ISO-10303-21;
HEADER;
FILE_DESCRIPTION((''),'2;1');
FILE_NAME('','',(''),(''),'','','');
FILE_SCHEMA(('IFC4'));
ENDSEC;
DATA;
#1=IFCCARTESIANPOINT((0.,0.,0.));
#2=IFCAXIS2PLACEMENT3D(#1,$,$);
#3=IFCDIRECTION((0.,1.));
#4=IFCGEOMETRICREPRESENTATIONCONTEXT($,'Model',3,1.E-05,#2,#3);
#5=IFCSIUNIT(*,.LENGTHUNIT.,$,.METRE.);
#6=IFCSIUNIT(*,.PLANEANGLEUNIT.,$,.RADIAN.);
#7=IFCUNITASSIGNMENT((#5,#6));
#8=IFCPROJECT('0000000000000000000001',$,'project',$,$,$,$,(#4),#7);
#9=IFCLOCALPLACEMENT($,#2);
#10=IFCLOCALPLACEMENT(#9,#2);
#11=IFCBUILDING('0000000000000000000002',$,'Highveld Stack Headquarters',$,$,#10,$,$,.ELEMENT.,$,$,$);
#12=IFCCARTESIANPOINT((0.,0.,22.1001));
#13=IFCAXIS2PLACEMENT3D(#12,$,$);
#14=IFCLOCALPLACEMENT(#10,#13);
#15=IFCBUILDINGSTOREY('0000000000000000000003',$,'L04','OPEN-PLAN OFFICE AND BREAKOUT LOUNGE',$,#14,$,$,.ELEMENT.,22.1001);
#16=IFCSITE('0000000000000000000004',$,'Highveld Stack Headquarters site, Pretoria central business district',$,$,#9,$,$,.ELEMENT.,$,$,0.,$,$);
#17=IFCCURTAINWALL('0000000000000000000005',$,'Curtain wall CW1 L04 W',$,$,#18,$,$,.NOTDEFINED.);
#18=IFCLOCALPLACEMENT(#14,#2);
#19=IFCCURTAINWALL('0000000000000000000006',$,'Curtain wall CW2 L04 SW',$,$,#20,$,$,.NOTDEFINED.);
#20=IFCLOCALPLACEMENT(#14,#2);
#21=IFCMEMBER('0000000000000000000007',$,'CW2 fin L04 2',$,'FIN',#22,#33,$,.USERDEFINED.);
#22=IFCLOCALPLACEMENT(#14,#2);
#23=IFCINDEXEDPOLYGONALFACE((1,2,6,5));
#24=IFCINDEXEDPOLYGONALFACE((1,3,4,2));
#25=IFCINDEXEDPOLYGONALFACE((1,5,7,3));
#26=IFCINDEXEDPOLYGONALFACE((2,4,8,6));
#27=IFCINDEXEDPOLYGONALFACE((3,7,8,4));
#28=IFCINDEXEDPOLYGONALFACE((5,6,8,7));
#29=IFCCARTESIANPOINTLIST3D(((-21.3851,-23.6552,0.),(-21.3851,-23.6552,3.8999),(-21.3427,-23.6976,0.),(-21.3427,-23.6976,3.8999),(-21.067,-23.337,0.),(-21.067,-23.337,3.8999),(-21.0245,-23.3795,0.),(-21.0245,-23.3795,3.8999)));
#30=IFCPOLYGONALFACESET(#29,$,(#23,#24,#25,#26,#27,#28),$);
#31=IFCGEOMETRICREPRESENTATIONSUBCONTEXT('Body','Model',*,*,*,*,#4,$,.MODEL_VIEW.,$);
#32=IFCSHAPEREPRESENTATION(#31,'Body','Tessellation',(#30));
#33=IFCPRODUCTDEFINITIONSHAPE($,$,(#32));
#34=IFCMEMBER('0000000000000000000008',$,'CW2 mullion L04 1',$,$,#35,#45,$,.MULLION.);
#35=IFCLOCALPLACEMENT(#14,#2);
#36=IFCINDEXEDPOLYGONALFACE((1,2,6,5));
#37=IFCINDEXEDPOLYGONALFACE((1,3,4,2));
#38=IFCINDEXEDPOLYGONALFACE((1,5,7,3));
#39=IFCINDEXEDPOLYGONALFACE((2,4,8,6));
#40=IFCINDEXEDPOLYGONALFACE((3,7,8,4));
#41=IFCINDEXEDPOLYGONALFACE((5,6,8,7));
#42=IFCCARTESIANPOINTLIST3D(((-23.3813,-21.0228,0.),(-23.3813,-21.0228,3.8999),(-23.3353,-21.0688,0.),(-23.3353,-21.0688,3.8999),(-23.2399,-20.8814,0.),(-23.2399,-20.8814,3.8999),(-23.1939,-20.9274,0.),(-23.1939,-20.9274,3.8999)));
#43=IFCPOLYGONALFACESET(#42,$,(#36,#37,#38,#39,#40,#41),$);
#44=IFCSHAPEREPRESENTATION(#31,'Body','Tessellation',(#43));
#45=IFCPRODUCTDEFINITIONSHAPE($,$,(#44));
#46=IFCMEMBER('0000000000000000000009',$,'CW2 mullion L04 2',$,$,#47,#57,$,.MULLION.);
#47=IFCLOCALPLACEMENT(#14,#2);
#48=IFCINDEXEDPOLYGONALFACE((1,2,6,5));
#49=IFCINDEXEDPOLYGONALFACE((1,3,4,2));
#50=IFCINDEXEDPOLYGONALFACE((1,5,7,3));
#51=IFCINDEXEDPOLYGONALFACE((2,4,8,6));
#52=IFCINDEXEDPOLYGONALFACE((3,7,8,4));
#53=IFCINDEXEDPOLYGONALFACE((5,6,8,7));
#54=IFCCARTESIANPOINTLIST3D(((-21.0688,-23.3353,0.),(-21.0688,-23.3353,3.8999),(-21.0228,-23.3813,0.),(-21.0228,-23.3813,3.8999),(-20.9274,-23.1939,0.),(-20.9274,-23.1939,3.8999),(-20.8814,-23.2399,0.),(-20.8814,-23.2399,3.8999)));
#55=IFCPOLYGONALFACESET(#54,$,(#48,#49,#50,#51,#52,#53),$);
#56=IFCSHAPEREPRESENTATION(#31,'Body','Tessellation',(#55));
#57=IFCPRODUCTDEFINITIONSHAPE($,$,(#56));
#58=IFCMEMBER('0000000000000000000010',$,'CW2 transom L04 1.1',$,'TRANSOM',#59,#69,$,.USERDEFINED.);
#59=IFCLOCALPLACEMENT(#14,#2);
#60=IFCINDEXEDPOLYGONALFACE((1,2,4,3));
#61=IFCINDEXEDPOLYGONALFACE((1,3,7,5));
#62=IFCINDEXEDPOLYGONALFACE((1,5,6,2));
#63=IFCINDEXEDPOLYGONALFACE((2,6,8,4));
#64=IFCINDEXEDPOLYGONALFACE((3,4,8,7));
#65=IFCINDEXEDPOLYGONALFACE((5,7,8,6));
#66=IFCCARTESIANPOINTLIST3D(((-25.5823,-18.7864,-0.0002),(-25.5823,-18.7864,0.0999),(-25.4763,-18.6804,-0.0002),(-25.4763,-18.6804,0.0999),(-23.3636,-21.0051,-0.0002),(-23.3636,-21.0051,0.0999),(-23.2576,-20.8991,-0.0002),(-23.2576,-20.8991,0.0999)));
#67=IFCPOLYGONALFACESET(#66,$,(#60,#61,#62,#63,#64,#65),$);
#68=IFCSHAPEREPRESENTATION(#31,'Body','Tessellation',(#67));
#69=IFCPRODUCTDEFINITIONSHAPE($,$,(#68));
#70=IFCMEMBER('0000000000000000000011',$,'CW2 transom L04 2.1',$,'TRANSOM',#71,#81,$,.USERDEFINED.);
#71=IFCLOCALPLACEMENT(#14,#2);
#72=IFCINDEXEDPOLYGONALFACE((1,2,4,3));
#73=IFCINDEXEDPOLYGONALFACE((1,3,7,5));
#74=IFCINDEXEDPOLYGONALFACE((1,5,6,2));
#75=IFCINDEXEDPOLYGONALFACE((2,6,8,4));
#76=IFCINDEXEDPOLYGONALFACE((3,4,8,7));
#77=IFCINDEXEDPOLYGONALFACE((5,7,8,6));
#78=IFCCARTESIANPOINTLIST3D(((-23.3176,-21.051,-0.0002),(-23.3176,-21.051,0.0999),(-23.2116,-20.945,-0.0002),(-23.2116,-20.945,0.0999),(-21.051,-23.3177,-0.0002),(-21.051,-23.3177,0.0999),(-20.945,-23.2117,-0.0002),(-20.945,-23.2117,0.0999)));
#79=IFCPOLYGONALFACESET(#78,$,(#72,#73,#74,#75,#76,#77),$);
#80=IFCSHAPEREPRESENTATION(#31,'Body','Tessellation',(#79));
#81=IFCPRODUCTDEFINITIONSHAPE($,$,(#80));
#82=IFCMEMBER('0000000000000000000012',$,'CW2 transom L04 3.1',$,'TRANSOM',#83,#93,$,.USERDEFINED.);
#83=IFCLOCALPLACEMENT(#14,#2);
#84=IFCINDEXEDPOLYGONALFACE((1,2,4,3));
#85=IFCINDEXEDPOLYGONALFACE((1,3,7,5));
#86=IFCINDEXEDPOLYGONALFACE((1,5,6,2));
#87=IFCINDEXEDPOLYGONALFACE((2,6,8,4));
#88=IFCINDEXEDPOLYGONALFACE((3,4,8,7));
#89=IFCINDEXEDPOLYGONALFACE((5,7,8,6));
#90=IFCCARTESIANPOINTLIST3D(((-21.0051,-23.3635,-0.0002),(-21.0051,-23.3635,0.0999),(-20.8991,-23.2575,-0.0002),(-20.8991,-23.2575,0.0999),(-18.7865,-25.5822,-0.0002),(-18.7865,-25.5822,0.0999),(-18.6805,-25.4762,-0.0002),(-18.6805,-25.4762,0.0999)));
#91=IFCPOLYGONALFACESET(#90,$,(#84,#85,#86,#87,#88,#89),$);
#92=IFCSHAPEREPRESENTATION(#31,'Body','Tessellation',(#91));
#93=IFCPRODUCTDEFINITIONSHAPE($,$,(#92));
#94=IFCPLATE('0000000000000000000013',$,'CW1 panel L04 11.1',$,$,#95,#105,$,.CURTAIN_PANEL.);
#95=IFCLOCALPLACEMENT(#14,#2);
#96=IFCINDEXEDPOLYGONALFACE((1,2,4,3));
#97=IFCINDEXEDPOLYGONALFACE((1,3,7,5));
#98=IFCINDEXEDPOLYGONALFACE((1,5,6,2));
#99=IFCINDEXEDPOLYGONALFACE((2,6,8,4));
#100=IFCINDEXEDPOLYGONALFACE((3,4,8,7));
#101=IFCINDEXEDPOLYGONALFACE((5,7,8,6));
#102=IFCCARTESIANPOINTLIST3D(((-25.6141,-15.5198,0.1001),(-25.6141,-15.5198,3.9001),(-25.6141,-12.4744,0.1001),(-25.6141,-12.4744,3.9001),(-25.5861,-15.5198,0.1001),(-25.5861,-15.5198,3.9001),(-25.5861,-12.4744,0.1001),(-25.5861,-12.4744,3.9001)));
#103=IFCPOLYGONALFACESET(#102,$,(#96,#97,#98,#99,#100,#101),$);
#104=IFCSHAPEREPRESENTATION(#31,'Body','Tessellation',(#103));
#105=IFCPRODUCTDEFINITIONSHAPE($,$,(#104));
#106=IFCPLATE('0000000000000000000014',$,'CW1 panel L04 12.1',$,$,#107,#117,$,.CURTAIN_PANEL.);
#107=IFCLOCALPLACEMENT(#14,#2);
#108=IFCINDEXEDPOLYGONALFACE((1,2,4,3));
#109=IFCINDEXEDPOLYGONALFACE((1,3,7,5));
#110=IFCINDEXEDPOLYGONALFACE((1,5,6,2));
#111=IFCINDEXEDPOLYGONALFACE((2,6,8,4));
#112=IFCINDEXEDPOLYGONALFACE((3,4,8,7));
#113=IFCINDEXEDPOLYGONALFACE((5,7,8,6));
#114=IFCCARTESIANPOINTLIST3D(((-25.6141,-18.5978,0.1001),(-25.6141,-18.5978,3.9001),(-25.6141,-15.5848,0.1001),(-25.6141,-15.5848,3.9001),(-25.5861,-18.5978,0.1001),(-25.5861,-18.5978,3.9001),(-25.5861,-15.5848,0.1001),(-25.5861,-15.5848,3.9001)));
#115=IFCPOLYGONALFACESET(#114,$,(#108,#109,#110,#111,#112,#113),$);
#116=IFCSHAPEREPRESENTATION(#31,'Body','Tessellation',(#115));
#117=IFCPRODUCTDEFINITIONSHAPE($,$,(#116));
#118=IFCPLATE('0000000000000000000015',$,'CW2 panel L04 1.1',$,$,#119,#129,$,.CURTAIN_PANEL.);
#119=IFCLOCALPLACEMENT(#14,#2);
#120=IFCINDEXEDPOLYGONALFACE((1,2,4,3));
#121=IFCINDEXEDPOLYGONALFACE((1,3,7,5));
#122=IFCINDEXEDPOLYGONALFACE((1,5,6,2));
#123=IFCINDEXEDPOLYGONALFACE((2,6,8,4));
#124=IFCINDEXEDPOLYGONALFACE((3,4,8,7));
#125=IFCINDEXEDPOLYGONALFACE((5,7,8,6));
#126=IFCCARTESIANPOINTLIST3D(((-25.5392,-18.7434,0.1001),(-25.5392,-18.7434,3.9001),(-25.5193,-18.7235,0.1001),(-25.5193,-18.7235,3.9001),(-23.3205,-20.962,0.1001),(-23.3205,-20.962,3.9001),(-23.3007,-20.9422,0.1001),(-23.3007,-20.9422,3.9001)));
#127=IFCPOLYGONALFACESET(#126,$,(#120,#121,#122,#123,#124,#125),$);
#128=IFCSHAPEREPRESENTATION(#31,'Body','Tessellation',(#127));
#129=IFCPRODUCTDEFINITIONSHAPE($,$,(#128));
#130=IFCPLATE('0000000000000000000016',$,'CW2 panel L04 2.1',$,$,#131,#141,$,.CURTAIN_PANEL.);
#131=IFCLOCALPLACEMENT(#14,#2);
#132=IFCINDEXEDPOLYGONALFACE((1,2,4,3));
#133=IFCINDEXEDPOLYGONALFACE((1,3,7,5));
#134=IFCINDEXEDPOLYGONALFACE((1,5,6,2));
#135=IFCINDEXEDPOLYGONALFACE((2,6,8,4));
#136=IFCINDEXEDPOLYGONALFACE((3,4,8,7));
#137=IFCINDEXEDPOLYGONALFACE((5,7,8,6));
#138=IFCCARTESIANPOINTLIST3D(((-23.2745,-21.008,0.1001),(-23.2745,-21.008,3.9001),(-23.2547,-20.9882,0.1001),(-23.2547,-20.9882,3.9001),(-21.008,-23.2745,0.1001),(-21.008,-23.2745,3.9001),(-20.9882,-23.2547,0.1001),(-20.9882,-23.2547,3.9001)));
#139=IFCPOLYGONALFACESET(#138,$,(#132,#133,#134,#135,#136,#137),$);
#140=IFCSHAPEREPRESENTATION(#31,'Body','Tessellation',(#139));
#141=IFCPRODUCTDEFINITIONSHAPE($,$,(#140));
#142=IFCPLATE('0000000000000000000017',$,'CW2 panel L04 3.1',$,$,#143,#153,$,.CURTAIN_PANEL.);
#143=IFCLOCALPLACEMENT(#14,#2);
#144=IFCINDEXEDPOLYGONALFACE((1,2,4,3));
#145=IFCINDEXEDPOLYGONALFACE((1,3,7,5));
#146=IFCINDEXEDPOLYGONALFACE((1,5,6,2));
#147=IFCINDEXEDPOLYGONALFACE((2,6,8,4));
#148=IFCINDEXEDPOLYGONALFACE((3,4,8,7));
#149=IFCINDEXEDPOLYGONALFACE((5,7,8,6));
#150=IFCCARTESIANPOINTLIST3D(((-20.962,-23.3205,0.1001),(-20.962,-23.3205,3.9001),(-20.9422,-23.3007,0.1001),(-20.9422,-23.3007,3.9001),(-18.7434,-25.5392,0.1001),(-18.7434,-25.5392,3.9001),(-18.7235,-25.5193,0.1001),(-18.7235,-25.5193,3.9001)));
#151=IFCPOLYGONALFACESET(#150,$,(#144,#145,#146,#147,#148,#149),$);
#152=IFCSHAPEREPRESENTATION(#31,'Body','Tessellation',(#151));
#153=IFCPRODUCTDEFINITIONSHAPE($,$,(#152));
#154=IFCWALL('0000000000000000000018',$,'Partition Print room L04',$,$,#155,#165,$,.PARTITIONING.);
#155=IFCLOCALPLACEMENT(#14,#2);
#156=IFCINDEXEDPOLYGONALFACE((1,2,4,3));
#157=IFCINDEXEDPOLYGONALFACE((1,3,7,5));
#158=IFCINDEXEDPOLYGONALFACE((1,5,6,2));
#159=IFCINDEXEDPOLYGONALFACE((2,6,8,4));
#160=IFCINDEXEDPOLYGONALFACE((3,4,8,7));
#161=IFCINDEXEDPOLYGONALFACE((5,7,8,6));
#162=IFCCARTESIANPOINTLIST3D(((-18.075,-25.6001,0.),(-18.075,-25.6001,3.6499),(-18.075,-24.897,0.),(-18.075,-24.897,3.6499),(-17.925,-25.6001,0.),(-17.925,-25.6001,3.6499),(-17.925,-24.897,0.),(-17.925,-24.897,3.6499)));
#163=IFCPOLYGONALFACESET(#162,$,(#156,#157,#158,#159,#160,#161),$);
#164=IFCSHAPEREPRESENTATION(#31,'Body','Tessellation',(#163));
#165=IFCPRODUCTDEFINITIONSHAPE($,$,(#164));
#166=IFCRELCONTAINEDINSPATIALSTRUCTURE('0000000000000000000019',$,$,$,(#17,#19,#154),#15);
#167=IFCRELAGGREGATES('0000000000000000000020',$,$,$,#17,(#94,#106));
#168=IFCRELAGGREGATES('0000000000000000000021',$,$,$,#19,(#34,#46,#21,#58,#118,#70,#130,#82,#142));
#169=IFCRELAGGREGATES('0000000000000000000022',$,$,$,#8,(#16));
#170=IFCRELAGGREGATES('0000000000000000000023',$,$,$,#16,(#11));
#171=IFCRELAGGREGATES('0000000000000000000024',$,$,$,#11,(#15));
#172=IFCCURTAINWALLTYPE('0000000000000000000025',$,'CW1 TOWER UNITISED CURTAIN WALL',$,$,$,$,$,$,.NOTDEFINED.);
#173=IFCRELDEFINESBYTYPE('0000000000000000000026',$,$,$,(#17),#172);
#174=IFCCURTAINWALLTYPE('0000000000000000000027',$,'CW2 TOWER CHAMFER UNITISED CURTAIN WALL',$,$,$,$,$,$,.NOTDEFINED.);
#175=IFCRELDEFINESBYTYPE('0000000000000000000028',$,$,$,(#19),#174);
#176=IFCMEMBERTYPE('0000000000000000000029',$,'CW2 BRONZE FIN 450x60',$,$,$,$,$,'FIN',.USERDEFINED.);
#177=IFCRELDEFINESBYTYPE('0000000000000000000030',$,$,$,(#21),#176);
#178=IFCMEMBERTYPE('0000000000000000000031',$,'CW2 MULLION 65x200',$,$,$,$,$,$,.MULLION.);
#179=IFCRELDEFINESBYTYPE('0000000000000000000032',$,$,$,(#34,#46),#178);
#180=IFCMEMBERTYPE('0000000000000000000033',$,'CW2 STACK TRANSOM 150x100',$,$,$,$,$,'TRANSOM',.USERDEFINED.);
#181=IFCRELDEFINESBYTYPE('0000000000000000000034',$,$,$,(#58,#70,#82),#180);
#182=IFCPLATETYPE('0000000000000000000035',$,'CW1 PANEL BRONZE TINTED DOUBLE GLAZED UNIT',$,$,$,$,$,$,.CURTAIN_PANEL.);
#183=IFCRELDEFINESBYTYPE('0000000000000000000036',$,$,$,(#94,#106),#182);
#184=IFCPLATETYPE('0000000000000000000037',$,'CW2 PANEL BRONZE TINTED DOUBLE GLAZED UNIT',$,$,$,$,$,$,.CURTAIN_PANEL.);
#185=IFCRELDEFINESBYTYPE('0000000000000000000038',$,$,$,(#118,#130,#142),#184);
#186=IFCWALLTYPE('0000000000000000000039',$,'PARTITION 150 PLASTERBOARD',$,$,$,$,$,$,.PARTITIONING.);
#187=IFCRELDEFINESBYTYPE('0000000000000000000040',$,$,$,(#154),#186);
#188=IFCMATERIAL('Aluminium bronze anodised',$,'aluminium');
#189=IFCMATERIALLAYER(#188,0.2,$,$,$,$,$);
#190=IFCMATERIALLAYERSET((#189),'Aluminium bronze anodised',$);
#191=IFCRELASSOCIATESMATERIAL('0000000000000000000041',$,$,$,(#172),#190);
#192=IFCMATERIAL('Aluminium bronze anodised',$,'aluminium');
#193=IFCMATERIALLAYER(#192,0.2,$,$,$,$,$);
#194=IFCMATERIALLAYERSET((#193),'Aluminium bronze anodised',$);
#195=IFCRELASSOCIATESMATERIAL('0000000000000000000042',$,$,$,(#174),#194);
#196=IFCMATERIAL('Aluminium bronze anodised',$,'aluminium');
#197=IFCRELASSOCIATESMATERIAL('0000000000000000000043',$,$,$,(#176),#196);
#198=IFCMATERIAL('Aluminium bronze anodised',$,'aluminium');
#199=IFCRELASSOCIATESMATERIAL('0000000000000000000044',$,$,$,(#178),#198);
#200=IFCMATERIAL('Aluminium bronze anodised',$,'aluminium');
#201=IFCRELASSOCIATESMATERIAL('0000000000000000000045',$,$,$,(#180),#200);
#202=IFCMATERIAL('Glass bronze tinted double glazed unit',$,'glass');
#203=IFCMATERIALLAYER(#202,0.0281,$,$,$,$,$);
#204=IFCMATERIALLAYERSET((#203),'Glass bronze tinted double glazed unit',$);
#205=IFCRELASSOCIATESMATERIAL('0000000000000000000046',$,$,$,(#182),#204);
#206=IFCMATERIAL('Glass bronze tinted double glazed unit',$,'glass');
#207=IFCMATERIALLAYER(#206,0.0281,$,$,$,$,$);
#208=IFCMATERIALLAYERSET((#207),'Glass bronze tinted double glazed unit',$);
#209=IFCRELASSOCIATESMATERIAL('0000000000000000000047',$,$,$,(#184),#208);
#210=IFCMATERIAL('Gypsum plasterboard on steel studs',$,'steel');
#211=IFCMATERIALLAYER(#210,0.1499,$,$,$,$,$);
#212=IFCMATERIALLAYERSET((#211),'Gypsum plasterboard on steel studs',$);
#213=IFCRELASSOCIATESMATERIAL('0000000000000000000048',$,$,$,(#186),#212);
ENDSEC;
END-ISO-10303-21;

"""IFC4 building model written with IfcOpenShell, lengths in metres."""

from ifc_helpers import new_model, si_unit, direction, frame, frame_2d, origin, origin_2d, place, context, subcontext, project, spatial, rectangle, extrude, material, layer, layer_set, material_profile, profile_set, type_object, element, aggregate, save


model = new_model("IFC4")

# Units and contexts
model_context = context("Model", 3, precision=1e-05, world=origin(), true_north=direction((0.0, 1.0)))
body_context = subcontext(model_context, "Body", "Model", "MODEL_VIEW")
ifc_project = project(units=[si_unit("LENGTHUNIT", "METRE"), si_unit("PLANEANGLEUNIT", "RADIAN")], contexts=[model_context])

# Site, building, storey
site_placement = place(None, origin())
site = spatial("IfcSite", under=ifc_project, at=site_placement, Name="Highveld Stack Headquarters site, Pretoria central business district", CompositionType="ELEMENT", RefElevation=0.0)
building_placement = place(site_placement, origin())
building = spatial("IfcBuilding", under=site, at=building_placement, Name="Highveld Stack Headquarters", CompositionType="ELEMENT")
storey_placement = place(building_placement, frame((0.0, 0.0, 22.1001)))
storey = spatial("IfcBuildingStorey", under=building, at=storey_placement, Name="L04", Description="OPEN-PLAN OFFICE AND BREAKOUT LOUNGE", CompositionType="ELEMENT", Elevation=22.1001)

# Shared definitions
ifc_material_1 = material(Name="Aluminium bronze anodised", Category="aluminium")
ifc_layer_1 = layer(ifc_material_1, 0.2)
ifc_layer_set_1 = layer_set([ifc_layer_1], Name="Aluminium bronze anodised")
curtain_wall_type_1 = type_object("IfcCurtainWallType", Name="CW1 TOWER UNITISED CURTAIN WALL", PredefinedType="NOTDEFINED", material=ifc_layer_set_1)

# Curtain wall
curtain_wall_1_placement = place(storey_placement, origin())
curtain_wall_1 = element("IfcCurtainWall", 1, at=curtain_wall_1_placement, inside=storey, type_object=curtain_wall_type_1, Name="Curtain wall CW1 L04 W", PredefinedType="NOTDEFINED")

# Curtain wall, members
ifc_material_2 = material(Name="Aluminium bronze anodised", Category="aluminium")
ifc_layer_2 = layer(ifc_material_2, 0.2)
ifc_layer_set_2 = layer_set([ifc_layer_2], Name="Aluminium bronze anodised")
curtain_wall_type_2 = type_object("IfcCurtainWallType", Name="CW2 TOWER CHAMFER UNITISED CURTAIN WALL", PredefinedType="NOTDEFINED", material=ifc_layer_set_2)
curtain_wall_2_placement = place(storey_placement, origin())
curtain_wall_2 = element("IfcCurtainWall", 2, at=curtain_wall_2_placement, inside=storey, type_object=curtain_wall_type_2, Name="Curtain wall CW2 L04 SW", PredefinedType="NOTDEFINED")
ifc_material_3 = material(Name="Aluminium bronze anodised", Category="aluminium")
ifc_material_profile_1 = material_profile(ifc_material_3, rectangle(XDim=0.45, YDim=0.0601, at=origin_2d()), Name="FIN 450x60")
ifc_profile_set_1 = profile_set([ifc_material_profile_1], Name="Aluminium bronze anodised")
member_type_1 = type_object("IfcMemberType", Name="CW2 BRONZE FIN 450x60", ElementType="FIN", PredefinedType="USERDEFINED", material=ifc_profile_set_1)
member_1_placement = place(storey_placement, frame((-21.2048, -23.5173, 0.0), z_axis=(0.0, 0.0, 1.0), x_axis=(0.707107, 0.707107, 0.0)))
member_1 = element("IfcMember", 3, at=member_1_placement, type_object=member_type_1, Name="CW2 fin L04 2", ObjectType="FIN", PredefinedType="USERDEFINED", context=body_context, shape_type="SweptSolid", body=[
    extrude(rectangle(XDim=0.45, YDim=0.0601, at=origin_2d()), origin(), (0.0, 0.0, 1.0), 3.8999),
])
ifc_material_4 = material(Name="Aluminium bronze anodised", Category="aluminium")
ifc_material_profile_2 = material_profile(ifc_material_4, rectangle(XDim=0.2, YDim=0.0649, at=origin_2d()), Name="CW2 MULLION 65x200")
ifc_profile_set_2 = profile_set([ifc_material_profile_2], Name="Aluminium bronze anodised")
member_type_2 = type_object("IfcMemberType", Name="CW2 MULLION 65x200", PredefinedType="MULLION", material=ifc_profile_set_2)
member_2_placement = place(storey_placement, frame((-23.2876, -20.9751, 0.0), z_axis=(0.0, 0.0, 1.0), x_axis=(0.707107, 0.707107, 0.0)))
member_2 = element("IfcMember", 4, at=member_2_placement, type_object=member_type_2, Name="CW2 mullion L04 1", PredefinedType="MULLION", context=body_context, shape_type="SweptSolid", body=[
    extrude(rectangle(XDim=0.2, YDim=0.0649, at=origin_2d()), origin(), (0.0, 0.0, 1.0), 3.8999),
])
member_3_placement = place(storey_placement, frame((-20.9751, -23.2876, 0.0), z_axis=(0.0, 0.0, 1.0), x_axis=(0.707107, 0.707107, 0.0)))
member_3 = element("IfcMember", 5, at=member_3_placement, type_object=member_type_2, Name="CW2 mullion L04 2", PredefinedType="MULLION", context=body_context, shape_type="SweptSolid", body=[
    extrude(rectangle(XDim=0.2, YDim=0.0649, at=origin_2d()), origin(), (0.0, 0.0, 1.0), 3.8999),
])
ifc_material_5 = material(Name="Aluminium bronze anodised", Category="aluminium")
ifc_material_profile_3 = material_profile(ifc_material_5, rectangle(XDim=0.1499, YDim=0.1001, at=origin_2d()), Name="CW2 TRANSOM 150x100")
ifc_profile_set_3 = profile_set([ifc_material_profile_3], Name="Aluminium bronze anodised")
member_type_3 = type_object("IfcMemberType", Name="CW2 STACK TRANSOM 150x100", ElementType="TRANSOM", PredefinedType="USERDEFINED", material=ifc_profile_set_3)
member_4_placement = place(storey_placement, frame((-25.5293, -18.7334, 0.0498), z_axis=(0.707107, -0.707107, 0.0), x_axis=(0.707107, 0.707107, 0.0)))
member_4 = element("IfcMember", 6, at=member_4_placement, type_object=member_type_3, Name="CW2 transom L04 1.1", ObjectType="TRANSOM", PredefinedType="USERDEFINED", context=body_context, shape_type="SweptSolid", body=[
    extrude(rectangle(XDim=0.1499, YDim=0.1001, at=origin_2d()), origin(), (0.0, 0.0, 1.0), 3.1377),
])
member_5_placement = place(storey_placement, frame((-23.2646, -20.998, 0.0498), z_axis=(0.707107, -0.707107, 0.0), x_axis=(0.707107, 0.707107, 0.0)))
member_5 = element("IfcMember", 7, at=member_5_placement, type_object=member_type_3, Name="CW2 transom L04 2.1", ObjectType="TRANSOM", PredefinedType="USERDEFINED", context=body_context, shape_type="SweptSolid", body=[
    extrude(rectangle(XDim=0.1499, YDim=0.1001, at=origin_2d()), origin(), (0.0, 0.0, 1.0), 3.2056),
])
member_6_placement = place(storey_placement, frame((-20.9521, -23.3105, 0.0498), z_axis=(0.707107, -0.707107, 0.0), x_axis=(0.707107, 0.707107, 0.0)))
member_6 = element("IfcMember", 8, at=member_6_placement, type_object=member_type_3, Name="CW2 transom L04 3.1", ObjectType="TRANSOM", PredefinedType="USERDEFINED", context=body_context, shape_type="SweptSolid", body=[
    extrude(rectangle(XDim=0.1499, YDim=0.1001, at=origin_2d()), origin(), (0.0, 0.0, 1.0), 3.1377),
])

# Plates
ifc_material_6 = material(Name="Glass bronze tinted double glazed unit", Category="glass")
ifc_layer_3 = layer(ifc_material_6, 0.0281)
ifc_layer_set_3 = layer_set([ifc_layer_3], Name="Glass bronze tinted double glazed unit")
plate_type_1 = type_object("IfcPlateType", Name="CW1 PANEL BRONZE TINTED DOUBLE GLAZED UNIT", PredefinedType="CURTAIN_PANEL", material=ifc_layer_set_3)
plate_1_placement = place(storey_placement, frame((-25.6001, -13.9971, 0.1001), z_axis=(0.0, 0.0, 1.0), x_axis=(0.0, -1.0, 0.0)))
plate_1 = element("IfcPlate", 9, at=plate_1_placement, type_object=plate_type_1, Name="CW1 panel L04 11.1", PredefinedType="CURTAIN_PANEL", context=body_context, shape_type="SweptSolid", body=[
    extrude(rectangle(XDim=3.0454, YDim=0.0281, at=origin_2d()), origin(), (0.0, 0.0, 1.0), 3.8),
])
plate_2_placement = place(storey_placement, frame((-25.6001, -17.0913, 0.1001), z_axis=(0.0, 0.0, 1.0), x_axis=(0.0, -1.0, 0.0)))
plate_2 = element("IfcPlate", 10, at=plate_2_placement, type_object=plate_type_1, Name="CW1 panel L04 12.1", PredefinedType="CURTAIN_PANEL", context=body_context, shape_type="SweptSolid", body=[
    extrude(rectangle(XDim=3.0129, YDim=0.0281, at=origin_2d()), origin(), (0.0, 0.0, 1.0), 3.8),
])
aggregate(curtain_wall_1, [plate_1, plate_2])
ifc_material_7 = material(Name="Glass bronze tinted double glazed unit", Category="glass")
ifc_layer_4 = layer(ifc_material_7, 0.0281)
ifc_layer_set_4 = layer_set([ifc_layer_4], Name="Glass bronze tinted double glazed unit")
plate_type_2 = type_object("IfcPlateType", Name="CW2 PANEL BRONZE TINTED DOUBLE GLAZED UNIT", PredefinedType="CURTAIN_PANEL", material=ifc_layer_set_4)
plate_3_placement = place(storey_placement, frame((-24.4199, -19.8428, 0.1001), z_axis=(0.0, 0.0, 1.0), x_axis=(0.707107, -0.707107, 0.0)))
plate_3 = element("IfcPlate", 11, at=plate_3_placement, type_object=plate_type_2, Name="CW2 panel L04 1.1", PredefinedType="CURTAIN_PANEL", context=body_context, shape_type="SweptSolid", body=[
    extrude(rectangle(XDim=3.1377, YDim=0.0281, at=origin_2d()), origin(), (0.0, 0.0, 1.0), 3.8),
])
plate_4_placement = place(storey_placement, frame((-22.1313, -22.1313, 0.1001), z_axis=(0.0, 0.0, 1.0), x_axis=(0.707107, -0.707107, 0.0)))
plate_4 = element("IfcPlate", 12, at=plate_4_placement, type_object=plate_type_2, Name="CW2 panel L04 2.1", PredefinedType="CURTAIN_PANEL", context=body_context, shape_type="SweptSolid", body=[
    extrude(rectangle(XDim=3.2053, YDim=0.0281, at=origin_2d()), origin(), (0.0, 0.0, 1.0), 3.8),
])
plate_5_placement = place(storey_placement, frame((-19.8428, -24.4199, 0.1001), z_axis=(0.0, 0.0, 1.0), x_axis=(0.707107, -0.707107, 0.0)))
plate_5 = element("IfcPlate", 13, at=plate_5_placement, type_object=plate_type_2, Name="CW2 panel L04 3.1", PredefinedType="CURTAIN_PANEL", context=body_context, shape_type="SweptSolid", body=[
    extrude(rectangle(XDim=3.1377, YDim=0.0281, at=origin_2d()), origin(), (0.0, 0.0, 1.0), 3.8),
])
aggregate(curtain_wall_2, [member_2, member_3, member_1, member_4, plate_3, member_5, plate_4, member_6, plate_5])

# Wall
ifc_material_8 = material(Name="Gypsum plasterboard on steel studs", Category="steel")
ifc_layer_5 = layer(ifc_material_8, 0.1499)
ifc_layer_set_5 = layer_set([ifc_layer_5], Name="Gypsum plasterboard on steel studs")
wall_type = type_object("IfcWallType", Name="PARTITION 150 PLASTERBOARD", PredefinedType="PARTITIONING", material=ifc_layer_set_5)
wall_placement = place(storey_placement, frame((-18.0, -25.6001, 0.0), z_axis=(0.0, 0.0, 1.0), x_axis=(0.0, 1.0, 0.0)))
element("IfcWall", 14, at=wall_placement, inside=storey, type_object=wall_type, Name="Partition Print room L04", PredefinedType="PARTITIONING", context=body_context, shape_type="SweptSolid", body=[
    extrude(rectangle(XDim=0.7031, YDim=0.1499, at=frame_2d((0.3516, 0.0))), origin(), (0.0, 0.0, 1.0), 3.6499),
])

save(model, "model.ifc")
